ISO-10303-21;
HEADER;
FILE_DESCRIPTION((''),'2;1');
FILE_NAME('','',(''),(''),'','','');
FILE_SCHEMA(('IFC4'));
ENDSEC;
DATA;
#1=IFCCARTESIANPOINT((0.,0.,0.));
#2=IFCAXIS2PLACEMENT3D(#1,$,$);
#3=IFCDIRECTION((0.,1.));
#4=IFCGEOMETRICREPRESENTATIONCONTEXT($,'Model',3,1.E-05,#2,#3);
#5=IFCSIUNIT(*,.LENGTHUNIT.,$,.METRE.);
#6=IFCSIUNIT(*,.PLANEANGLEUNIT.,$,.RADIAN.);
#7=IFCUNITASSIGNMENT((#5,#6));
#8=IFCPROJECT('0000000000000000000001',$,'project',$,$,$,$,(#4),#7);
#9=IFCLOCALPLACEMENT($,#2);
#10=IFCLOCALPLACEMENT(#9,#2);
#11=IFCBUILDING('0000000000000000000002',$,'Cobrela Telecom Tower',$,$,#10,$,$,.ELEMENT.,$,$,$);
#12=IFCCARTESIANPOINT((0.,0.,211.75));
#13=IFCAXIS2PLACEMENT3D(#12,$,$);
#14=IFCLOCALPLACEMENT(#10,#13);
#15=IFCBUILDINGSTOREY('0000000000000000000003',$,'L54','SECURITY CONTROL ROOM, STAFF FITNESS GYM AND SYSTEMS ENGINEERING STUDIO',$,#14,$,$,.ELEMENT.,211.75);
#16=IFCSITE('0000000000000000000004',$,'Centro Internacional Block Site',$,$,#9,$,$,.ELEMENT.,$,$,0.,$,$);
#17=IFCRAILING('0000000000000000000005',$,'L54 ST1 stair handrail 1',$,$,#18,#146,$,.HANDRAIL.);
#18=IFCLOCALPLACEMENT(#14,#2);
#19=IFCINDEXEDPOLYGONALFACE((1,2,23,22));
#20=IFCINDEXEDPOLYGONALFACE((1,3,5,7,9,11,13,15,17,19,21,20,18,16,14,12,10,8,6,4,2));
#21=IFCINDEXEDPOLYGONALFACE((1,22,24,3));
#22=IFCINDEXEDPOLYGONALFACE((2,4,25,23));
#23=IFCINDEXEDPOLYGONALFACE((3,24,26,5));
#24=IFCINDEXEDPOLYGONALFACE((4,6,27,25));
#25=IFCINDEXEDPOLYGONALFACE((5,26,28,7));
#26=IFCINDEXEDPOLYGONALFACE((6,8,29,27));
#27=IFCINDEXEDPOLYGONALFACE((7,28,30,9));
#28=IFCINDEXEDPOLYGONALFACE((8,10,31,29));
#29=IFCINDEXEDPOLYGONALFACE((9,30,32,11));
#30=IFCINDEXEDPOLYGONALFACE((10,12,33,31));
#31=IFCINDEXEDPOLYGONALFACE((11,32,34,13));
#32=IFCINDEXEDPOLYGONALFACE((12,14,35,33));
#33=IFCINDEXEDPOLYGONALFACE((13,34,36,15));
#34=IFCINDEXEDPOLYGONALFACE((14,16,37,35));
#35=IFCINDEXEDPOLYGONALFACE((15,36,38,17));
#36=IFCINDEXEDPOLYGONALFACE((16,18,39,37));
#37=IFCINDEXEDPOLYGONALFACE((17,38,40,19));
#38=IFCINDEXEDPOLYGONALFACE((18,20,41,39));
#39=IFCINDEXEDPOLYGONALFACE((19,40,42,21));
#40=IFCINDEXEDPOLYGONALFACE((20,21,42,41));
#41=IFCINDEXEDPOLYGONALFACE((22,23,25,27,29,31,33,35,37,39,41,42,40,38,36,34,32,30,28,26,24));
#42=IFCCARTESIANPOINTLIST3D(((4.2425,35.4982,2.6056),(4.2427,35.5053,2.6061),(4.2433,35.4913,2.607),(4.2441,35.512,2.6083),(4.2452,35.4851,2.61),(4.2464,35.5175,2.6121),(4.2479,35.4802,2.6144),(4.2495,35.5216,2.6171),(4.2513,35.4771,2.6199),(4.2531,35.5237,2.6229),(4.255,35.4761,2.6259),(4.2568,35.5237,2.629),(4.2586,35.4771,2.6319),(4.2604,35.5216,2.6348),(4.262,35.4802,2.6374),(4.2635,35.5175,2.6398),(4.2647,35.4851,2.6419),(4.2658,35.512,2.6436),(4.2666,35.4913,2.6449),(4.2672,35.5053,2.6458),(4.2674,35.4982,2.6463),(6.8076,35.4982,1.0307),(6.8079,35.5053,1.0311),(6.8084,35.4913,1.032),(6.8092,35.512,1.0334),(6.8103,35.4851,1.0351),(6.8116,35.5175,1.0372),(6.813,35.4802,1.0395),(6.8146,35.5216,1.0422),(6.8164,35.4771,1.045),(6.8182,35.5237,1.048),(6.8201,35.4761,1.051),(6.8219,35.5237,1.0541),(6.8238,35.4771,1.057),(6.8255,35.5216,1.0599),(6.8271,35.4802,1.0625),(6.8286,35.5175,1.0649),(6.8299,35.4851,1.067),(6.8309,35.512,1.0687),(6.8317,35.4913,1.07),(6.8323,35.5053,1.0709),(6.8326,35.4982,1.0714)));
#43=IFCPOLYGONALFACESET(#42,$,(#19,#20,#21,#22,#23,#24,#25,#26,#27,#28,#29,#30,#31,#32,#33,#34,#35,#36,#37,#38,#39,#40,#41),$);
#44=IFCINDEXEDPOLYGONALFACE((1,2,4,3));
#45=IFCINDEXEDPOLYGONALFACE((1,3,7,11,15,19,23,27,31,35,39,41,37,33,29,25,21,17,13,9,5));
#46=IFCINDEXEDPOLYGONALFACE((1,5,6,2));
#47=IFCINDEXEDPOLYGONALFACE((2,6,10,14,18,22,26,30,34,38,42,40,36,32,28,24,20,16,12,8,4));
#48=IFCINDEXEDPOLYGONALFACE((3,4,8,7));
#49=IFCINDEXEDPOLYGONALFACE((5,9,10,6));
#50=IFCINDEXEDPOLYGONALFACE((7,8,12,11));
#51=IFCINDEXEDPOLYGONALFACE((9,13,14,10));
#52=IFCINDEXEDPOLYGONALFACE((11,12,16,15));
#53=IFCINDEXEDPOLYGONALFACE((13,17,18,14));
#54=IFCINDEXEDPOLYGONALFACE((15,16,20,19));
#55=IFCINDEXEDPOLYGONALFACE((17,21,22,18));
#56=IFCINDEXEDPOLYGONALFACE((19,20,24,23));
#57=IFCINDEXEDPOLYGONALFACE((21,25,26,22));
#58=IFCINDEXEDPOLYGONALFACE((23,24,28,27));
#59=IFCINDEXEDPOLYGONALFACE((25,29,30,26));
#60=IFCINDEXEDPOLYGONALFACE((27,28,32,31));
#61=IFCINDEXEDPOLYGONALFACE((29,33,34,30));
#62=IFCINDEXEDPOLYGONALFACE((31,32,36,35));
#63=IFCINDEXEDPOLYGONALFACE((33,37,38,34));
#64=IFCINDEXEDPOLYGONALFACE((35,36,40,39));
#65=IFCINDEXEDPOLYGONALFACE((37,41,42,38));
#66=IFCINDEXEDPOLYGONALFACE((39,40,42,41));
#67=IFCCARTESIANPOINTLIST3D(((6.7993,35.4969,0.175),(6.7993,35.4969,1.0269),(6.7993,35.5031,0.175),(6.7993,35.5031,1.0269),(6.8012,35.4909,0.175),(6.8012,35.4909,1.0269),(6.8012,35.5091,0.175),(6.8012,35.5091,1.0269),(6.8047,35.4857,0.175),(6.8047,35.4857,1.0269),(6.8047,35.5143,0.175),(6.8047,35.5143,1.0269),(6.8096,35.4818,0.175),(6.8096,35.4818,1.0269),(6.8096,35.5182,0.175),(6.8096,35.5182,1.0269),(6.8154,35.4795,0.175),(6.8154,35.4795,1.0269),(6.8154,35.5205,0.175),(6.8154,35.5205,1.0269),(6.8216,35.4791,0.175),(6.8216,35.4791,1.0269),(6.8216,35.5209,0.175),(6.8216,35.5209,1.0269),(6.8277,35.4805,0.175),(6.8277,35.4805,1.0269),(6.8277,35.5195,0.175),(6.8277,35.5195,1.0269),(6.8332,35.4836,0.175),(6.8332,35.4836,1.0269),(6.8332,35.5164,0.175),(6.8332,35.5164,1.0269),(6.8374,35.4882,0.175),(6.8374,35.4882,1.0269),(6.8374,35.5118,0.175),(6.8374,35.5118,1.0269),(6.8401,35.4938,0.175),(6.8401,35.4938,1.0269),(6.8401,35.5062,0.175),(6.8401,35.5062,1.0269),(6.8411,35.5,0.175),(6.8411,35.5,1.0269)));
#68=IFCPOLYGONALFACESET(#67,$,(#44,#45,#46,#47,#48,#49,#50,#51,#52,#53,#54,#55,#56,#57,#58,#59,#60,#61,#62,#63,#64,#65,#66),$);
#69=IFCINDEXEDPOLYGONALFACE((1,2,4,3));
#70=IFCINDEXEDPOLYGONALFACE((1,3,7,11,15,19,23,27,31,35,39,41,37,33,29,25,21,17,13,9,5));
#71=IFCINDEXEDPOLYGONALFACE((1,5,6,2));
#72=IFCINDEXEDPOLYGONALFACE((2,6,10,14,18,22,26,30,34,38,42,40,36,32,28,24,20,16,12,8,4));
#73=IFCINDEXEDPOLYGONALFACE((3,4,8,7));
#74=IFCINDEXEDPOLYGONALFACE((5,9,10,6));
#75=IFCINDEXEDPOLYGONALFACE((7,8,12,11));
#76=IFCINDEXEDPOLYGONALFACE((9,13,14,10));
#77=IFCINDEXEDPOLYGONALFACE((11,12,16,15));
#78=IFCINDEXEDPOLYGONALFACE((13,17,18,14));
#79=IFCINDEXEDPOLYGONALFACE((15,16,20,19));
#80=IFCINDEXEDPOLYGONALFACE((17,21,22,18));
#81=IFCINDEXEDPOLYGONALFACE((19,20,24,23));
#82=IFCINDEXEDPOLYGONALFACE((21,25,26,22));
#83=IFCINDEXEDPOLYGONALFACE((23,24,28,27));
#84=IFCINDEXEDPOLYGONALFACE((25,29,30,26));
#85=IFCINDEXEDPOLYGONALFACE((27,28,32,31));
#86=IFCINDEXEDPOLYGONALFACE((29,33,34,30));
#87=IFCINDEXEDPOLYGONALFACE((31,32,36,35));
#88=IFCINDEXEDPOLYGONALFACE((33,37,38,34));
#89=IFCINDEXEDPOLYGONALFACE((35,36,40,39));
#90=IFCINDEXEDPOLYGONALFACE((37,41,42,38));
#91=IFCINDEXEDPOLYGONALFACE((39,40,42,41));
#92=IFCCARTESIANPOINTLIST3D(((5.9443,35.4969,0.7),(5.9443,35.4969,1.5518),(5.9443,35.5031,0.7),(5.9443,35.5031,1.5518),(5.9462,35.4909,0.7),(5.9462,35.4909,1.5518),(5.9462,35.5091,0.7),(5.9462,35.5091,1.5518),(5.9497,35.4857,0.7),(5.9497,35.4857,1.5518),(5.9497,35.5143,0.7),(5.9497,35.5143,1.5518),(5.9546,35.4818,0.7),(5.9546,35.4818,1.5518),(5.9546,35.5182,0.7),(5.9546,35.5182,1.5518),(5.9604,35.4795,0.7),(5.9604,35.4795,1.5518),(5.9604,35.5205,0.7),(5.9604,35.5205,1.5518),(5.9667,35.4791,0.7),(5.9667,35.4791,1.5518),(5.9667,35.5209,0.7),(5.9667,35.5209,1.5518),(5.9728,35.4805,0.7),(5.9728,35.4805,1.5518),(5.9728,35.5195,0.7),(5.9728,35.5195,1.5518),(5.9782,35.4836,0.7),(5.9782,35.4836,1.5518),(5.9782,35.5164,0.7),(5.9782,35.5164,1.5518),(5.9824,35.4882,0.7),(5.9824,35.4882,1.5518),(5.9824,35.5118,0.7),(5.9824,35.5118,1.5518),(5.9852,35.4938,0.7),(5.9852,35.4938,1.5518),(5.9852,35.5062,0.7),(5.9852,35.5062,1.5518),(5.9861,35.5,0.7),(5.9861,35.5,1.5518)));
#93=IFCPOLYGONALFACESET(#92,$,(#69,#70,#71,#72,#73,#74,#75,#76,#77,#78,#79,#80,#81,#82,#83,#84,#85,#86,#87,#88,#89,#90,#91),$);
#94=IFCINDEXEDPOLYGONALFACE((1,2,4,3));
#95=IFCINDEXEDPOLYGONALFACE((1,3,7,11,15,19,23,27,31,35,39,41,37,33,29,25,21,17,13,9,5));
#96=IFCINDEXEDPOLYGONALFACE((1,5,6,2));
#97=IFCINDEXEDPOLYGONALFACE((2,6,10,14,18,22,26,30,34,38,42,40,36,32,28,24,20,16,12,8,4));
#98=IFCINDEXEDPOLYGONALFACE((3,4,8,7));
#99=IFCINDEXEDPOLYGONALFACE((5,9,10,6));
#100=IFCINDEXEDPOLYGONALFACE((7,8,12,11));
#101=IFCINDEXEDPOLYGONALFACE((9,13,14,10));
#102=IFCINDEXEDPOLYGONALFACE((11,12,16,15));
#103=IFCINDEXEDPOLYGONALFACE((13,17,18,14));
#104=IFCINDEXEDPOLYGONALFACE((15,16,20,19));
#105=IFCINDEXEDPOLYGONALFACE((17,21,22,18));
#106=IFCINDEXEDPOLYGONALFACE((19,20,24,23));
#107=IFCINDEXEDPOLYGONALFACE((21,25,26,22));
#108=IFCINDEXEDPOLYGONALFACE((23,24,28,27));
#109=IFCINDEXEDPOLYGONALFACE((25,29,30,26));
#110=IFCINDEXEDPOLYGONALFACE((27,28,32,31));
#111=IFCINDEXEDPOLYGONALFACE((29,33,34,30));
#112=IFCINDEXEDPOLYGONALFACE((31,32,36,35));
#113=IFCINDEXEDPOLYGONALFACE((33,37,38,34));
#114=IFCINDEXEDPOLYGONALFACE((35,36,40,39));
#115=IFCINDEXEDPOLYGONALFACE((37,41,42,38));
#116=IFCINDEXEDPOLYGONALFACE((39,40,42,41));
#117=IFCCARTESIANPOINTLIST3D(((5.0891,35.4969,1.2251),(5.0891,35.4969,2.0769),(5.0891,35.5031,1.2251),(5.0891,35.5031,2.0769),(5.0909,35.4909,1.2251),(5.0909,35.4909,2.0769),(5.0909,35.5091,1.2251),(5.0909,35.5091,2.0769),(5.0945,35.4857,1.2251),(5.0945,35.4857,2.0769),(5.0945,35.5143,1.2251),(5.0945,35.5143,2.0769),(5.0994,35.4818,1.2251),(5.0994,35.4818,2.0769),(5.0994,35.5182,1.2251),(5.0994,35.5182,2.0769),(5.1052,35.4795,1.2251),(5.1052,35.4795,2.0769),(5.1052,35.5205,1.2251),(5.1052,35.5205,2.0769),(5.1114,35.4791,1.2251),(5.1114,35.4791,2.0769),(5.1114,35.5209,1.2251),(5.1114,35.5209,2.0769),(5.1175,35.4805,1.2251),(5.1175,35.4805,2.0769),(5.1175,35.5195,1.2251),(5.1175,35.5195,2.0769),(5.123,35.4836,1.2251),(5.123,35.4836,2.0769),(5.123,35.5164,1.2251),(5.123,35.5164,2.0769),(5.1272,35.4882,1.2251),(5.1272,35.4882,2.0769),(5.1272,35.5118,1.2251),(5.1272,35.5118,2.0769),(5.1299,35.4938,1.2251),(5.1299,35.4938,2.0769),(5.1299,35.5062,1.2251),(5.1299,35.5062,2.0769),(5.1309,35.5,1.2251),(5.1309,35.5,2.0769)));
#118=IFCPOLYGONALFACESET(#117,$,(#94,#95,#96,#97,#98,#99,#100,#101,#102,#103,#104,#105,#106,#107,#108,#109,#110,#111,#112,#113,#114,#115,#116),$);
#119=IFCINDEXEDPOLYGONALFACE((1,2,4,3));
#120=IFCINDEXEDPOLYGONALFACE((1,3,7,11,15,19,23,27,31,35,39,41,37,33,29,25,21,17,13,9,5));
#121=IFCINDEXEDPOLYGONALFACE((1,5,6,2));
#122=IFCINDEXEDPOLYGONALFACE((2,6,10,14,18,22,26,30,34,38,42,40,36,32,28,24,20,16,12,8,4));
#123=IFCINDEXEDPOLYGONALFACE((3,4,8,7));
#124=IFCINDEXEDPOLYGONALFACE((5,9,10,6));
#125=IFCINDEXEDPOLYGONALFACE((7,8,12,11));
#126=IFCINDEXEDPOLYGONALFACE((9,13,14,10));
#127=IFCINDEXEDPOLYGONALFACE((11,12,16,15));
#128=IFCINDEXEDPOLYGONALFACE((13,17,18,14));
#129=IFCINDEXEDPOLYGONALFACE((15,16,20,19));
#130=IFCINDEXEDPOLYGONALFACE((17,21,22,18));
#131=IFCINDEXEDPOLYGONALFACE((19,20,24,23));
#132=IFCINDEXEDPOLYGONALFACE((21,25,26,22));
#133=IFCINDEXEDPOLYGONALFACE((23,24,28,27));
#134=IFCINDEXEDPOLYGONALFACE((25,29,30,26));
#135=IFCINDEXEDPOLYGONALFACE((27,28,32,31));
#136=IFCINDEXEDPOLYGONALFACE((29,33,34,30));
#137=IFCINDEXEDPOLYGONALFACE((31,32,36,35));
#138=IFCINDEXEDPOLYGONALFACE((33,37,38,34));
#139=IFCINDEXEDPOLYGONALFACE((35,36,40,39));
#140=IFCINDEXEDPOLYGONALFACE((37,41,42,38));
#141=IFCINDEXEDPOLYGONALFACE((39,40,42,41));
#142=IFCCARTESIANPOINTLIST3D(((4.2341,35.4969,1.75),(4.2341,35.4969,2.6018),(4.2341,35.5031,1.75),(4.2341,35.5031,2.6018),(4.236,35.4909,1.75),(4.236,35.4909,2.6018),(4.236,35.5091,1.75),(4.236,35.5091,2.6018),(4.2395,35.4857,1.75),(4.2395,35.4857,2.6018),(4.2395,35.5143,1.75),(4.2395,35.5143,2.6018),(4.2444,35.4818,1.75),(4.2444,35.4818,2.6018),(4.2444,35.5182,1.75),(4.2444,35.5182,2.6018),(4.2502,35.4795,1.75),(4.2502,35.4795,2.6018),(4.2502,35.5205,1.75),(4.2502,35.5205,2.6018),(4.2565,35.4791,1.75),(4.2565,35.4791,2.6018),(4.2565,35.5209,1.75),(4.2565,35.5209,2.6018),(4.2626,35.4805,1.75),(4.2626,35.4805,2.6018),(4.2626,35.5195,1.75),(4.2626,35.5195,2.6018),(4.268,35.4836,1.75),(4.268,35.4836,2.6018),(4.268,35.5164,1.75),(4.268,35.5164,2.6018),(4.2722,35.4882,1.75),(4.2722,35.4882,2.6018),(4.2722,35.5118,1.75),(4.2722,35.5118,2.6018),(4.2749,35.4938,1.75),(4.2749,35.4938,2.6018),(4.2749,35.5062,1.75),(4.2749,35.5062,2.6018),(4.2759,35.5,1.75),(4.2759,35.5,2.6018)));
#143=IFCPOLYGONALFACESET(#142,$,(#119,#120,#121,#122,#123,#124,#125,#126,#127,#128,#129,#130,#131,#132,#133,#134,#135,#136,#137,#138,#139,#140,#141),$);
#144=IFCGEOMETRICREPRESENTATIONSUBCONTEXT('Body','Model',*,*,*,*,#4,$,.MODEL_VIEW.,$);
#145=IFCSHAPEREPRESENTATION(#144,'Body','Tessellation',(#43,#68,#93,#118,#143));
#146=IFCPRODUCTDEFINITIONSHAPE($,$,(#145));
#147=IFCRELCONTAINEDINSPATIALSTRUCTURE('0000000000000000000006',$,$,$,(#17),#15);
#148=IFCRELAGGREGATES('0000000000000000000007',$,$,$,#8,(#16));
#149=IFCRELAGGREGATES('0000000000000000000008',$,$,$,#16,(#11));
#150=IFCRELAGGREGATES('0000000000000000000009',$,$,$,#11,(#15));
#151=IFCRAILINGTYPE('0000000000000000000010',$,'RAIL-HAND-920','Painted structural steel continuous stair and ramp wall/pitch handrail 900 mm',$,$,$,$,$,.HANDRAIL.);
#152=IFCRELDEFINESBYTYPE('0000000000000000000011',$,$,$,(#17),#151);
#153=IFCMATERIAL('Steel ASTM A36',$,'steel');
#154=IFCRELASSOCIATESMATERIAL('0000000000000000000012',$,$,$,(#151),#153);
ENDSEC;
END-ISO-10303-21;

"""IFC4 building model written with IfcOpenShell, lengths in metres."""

from ifc_helpers import new_model, si_unit, direction, frame, origin, origin_2d, place, context, subcontext, project, spatial, circle, extrude, material, type_object, element, save


model = new_model("IFC4")

# Units and contexts
model_context = context("Model", 3, precision=1e-05, world=origin(), true_north=direction((0.0, 1.0)))
body_context = subcontext(model_context, "Body", "Model", "MODEL_VIEW")
ifc_project = project(units=[si_unit("LENGTHUNIT", "METRE"), si_unit("PLANEANGLEUNIT", "RADIAN")], contexts=[model_context])

# Site, building, storey
site_placement = place(None, origin())
site = spatial("IfcSite", under=ifc_project, at=site_placement, Name="Centro Internacional Block Site", CompositionType="ELEMENT", RefElevation=0.0)
building_placement = place(site_placement, origin())
building = spatial("IfcBuilding", under=site, at=building_placement, Name="Cobrela Telecom Tower", CompositionType="ELEMENT")
storey_placement = place(building_placement, frame((0.0, 0.0, 211.75)))
storey = spatial("IfcBuildingStorey", under=building, at=storey_placement, Name="L54", Description="SECURITY CONTROL ROOM, STAFF FITNESS GYM AND SYSTEMS ENGINEERING STUDIO", CompositionType="ELEMENT", Elevation=211.75)

# Shared definitions
ifc_material_1 = material(Name="Steel ASTM A36", Category="steel")

# Railing
railing_type_1 = type_object("IfcRailingType", Name="RAIL-HAND-920", Description="Painted structural steel continuous stair and ramp wall/pitch handrail 900 mm", PredefinedType="HANDRAIL", material=ifc_material_1)
railing_1_placement = place(storey_placement, frame((6.8201, 35.5, 0.175)))
element("IfcRailing", 1, at=railing_1_placement, inside=storey, type_object=railing_type_1, Name="L54 ST1 stair handrail 1", PredefinedType="HANDRAIL", context=body_context, shape_type="SweptSolid", body=[
    extrude(circle(Radius=0.0239, at=origin_2d()), frame((0.0, 0.0, 0.876), z_axis=(-0.852195, 0.0, 0.523224), x_axis=(0.0, -1.0, 0.0)), (0.0, 0.0, 1.0), 3.01),
    extrude(circle(Radius=0.021, at=origin_2d()), origin(), (0.0, 0.0, 1.0), 0.8518),
    extrude(circle(Radius=0.021, at=origin_2d()), frame((-0.855, 0.0, 0.5249)), (0.0, 0.0, 1.0), 0.8518),
    extrude(circle(Radius=0.021, at=origin_2d()), frame((-1.7102, 0.0, 1.05)), (0.0, 0.0, 1.0), 0.8518),
    extrude(circle(Radius=0.021, at=origin_2d()), frame((-2.5652, 0.0, 1.575)), (0.0, 0.0, 1.0), 0.8518),
])

save(model, "model.ifc")
